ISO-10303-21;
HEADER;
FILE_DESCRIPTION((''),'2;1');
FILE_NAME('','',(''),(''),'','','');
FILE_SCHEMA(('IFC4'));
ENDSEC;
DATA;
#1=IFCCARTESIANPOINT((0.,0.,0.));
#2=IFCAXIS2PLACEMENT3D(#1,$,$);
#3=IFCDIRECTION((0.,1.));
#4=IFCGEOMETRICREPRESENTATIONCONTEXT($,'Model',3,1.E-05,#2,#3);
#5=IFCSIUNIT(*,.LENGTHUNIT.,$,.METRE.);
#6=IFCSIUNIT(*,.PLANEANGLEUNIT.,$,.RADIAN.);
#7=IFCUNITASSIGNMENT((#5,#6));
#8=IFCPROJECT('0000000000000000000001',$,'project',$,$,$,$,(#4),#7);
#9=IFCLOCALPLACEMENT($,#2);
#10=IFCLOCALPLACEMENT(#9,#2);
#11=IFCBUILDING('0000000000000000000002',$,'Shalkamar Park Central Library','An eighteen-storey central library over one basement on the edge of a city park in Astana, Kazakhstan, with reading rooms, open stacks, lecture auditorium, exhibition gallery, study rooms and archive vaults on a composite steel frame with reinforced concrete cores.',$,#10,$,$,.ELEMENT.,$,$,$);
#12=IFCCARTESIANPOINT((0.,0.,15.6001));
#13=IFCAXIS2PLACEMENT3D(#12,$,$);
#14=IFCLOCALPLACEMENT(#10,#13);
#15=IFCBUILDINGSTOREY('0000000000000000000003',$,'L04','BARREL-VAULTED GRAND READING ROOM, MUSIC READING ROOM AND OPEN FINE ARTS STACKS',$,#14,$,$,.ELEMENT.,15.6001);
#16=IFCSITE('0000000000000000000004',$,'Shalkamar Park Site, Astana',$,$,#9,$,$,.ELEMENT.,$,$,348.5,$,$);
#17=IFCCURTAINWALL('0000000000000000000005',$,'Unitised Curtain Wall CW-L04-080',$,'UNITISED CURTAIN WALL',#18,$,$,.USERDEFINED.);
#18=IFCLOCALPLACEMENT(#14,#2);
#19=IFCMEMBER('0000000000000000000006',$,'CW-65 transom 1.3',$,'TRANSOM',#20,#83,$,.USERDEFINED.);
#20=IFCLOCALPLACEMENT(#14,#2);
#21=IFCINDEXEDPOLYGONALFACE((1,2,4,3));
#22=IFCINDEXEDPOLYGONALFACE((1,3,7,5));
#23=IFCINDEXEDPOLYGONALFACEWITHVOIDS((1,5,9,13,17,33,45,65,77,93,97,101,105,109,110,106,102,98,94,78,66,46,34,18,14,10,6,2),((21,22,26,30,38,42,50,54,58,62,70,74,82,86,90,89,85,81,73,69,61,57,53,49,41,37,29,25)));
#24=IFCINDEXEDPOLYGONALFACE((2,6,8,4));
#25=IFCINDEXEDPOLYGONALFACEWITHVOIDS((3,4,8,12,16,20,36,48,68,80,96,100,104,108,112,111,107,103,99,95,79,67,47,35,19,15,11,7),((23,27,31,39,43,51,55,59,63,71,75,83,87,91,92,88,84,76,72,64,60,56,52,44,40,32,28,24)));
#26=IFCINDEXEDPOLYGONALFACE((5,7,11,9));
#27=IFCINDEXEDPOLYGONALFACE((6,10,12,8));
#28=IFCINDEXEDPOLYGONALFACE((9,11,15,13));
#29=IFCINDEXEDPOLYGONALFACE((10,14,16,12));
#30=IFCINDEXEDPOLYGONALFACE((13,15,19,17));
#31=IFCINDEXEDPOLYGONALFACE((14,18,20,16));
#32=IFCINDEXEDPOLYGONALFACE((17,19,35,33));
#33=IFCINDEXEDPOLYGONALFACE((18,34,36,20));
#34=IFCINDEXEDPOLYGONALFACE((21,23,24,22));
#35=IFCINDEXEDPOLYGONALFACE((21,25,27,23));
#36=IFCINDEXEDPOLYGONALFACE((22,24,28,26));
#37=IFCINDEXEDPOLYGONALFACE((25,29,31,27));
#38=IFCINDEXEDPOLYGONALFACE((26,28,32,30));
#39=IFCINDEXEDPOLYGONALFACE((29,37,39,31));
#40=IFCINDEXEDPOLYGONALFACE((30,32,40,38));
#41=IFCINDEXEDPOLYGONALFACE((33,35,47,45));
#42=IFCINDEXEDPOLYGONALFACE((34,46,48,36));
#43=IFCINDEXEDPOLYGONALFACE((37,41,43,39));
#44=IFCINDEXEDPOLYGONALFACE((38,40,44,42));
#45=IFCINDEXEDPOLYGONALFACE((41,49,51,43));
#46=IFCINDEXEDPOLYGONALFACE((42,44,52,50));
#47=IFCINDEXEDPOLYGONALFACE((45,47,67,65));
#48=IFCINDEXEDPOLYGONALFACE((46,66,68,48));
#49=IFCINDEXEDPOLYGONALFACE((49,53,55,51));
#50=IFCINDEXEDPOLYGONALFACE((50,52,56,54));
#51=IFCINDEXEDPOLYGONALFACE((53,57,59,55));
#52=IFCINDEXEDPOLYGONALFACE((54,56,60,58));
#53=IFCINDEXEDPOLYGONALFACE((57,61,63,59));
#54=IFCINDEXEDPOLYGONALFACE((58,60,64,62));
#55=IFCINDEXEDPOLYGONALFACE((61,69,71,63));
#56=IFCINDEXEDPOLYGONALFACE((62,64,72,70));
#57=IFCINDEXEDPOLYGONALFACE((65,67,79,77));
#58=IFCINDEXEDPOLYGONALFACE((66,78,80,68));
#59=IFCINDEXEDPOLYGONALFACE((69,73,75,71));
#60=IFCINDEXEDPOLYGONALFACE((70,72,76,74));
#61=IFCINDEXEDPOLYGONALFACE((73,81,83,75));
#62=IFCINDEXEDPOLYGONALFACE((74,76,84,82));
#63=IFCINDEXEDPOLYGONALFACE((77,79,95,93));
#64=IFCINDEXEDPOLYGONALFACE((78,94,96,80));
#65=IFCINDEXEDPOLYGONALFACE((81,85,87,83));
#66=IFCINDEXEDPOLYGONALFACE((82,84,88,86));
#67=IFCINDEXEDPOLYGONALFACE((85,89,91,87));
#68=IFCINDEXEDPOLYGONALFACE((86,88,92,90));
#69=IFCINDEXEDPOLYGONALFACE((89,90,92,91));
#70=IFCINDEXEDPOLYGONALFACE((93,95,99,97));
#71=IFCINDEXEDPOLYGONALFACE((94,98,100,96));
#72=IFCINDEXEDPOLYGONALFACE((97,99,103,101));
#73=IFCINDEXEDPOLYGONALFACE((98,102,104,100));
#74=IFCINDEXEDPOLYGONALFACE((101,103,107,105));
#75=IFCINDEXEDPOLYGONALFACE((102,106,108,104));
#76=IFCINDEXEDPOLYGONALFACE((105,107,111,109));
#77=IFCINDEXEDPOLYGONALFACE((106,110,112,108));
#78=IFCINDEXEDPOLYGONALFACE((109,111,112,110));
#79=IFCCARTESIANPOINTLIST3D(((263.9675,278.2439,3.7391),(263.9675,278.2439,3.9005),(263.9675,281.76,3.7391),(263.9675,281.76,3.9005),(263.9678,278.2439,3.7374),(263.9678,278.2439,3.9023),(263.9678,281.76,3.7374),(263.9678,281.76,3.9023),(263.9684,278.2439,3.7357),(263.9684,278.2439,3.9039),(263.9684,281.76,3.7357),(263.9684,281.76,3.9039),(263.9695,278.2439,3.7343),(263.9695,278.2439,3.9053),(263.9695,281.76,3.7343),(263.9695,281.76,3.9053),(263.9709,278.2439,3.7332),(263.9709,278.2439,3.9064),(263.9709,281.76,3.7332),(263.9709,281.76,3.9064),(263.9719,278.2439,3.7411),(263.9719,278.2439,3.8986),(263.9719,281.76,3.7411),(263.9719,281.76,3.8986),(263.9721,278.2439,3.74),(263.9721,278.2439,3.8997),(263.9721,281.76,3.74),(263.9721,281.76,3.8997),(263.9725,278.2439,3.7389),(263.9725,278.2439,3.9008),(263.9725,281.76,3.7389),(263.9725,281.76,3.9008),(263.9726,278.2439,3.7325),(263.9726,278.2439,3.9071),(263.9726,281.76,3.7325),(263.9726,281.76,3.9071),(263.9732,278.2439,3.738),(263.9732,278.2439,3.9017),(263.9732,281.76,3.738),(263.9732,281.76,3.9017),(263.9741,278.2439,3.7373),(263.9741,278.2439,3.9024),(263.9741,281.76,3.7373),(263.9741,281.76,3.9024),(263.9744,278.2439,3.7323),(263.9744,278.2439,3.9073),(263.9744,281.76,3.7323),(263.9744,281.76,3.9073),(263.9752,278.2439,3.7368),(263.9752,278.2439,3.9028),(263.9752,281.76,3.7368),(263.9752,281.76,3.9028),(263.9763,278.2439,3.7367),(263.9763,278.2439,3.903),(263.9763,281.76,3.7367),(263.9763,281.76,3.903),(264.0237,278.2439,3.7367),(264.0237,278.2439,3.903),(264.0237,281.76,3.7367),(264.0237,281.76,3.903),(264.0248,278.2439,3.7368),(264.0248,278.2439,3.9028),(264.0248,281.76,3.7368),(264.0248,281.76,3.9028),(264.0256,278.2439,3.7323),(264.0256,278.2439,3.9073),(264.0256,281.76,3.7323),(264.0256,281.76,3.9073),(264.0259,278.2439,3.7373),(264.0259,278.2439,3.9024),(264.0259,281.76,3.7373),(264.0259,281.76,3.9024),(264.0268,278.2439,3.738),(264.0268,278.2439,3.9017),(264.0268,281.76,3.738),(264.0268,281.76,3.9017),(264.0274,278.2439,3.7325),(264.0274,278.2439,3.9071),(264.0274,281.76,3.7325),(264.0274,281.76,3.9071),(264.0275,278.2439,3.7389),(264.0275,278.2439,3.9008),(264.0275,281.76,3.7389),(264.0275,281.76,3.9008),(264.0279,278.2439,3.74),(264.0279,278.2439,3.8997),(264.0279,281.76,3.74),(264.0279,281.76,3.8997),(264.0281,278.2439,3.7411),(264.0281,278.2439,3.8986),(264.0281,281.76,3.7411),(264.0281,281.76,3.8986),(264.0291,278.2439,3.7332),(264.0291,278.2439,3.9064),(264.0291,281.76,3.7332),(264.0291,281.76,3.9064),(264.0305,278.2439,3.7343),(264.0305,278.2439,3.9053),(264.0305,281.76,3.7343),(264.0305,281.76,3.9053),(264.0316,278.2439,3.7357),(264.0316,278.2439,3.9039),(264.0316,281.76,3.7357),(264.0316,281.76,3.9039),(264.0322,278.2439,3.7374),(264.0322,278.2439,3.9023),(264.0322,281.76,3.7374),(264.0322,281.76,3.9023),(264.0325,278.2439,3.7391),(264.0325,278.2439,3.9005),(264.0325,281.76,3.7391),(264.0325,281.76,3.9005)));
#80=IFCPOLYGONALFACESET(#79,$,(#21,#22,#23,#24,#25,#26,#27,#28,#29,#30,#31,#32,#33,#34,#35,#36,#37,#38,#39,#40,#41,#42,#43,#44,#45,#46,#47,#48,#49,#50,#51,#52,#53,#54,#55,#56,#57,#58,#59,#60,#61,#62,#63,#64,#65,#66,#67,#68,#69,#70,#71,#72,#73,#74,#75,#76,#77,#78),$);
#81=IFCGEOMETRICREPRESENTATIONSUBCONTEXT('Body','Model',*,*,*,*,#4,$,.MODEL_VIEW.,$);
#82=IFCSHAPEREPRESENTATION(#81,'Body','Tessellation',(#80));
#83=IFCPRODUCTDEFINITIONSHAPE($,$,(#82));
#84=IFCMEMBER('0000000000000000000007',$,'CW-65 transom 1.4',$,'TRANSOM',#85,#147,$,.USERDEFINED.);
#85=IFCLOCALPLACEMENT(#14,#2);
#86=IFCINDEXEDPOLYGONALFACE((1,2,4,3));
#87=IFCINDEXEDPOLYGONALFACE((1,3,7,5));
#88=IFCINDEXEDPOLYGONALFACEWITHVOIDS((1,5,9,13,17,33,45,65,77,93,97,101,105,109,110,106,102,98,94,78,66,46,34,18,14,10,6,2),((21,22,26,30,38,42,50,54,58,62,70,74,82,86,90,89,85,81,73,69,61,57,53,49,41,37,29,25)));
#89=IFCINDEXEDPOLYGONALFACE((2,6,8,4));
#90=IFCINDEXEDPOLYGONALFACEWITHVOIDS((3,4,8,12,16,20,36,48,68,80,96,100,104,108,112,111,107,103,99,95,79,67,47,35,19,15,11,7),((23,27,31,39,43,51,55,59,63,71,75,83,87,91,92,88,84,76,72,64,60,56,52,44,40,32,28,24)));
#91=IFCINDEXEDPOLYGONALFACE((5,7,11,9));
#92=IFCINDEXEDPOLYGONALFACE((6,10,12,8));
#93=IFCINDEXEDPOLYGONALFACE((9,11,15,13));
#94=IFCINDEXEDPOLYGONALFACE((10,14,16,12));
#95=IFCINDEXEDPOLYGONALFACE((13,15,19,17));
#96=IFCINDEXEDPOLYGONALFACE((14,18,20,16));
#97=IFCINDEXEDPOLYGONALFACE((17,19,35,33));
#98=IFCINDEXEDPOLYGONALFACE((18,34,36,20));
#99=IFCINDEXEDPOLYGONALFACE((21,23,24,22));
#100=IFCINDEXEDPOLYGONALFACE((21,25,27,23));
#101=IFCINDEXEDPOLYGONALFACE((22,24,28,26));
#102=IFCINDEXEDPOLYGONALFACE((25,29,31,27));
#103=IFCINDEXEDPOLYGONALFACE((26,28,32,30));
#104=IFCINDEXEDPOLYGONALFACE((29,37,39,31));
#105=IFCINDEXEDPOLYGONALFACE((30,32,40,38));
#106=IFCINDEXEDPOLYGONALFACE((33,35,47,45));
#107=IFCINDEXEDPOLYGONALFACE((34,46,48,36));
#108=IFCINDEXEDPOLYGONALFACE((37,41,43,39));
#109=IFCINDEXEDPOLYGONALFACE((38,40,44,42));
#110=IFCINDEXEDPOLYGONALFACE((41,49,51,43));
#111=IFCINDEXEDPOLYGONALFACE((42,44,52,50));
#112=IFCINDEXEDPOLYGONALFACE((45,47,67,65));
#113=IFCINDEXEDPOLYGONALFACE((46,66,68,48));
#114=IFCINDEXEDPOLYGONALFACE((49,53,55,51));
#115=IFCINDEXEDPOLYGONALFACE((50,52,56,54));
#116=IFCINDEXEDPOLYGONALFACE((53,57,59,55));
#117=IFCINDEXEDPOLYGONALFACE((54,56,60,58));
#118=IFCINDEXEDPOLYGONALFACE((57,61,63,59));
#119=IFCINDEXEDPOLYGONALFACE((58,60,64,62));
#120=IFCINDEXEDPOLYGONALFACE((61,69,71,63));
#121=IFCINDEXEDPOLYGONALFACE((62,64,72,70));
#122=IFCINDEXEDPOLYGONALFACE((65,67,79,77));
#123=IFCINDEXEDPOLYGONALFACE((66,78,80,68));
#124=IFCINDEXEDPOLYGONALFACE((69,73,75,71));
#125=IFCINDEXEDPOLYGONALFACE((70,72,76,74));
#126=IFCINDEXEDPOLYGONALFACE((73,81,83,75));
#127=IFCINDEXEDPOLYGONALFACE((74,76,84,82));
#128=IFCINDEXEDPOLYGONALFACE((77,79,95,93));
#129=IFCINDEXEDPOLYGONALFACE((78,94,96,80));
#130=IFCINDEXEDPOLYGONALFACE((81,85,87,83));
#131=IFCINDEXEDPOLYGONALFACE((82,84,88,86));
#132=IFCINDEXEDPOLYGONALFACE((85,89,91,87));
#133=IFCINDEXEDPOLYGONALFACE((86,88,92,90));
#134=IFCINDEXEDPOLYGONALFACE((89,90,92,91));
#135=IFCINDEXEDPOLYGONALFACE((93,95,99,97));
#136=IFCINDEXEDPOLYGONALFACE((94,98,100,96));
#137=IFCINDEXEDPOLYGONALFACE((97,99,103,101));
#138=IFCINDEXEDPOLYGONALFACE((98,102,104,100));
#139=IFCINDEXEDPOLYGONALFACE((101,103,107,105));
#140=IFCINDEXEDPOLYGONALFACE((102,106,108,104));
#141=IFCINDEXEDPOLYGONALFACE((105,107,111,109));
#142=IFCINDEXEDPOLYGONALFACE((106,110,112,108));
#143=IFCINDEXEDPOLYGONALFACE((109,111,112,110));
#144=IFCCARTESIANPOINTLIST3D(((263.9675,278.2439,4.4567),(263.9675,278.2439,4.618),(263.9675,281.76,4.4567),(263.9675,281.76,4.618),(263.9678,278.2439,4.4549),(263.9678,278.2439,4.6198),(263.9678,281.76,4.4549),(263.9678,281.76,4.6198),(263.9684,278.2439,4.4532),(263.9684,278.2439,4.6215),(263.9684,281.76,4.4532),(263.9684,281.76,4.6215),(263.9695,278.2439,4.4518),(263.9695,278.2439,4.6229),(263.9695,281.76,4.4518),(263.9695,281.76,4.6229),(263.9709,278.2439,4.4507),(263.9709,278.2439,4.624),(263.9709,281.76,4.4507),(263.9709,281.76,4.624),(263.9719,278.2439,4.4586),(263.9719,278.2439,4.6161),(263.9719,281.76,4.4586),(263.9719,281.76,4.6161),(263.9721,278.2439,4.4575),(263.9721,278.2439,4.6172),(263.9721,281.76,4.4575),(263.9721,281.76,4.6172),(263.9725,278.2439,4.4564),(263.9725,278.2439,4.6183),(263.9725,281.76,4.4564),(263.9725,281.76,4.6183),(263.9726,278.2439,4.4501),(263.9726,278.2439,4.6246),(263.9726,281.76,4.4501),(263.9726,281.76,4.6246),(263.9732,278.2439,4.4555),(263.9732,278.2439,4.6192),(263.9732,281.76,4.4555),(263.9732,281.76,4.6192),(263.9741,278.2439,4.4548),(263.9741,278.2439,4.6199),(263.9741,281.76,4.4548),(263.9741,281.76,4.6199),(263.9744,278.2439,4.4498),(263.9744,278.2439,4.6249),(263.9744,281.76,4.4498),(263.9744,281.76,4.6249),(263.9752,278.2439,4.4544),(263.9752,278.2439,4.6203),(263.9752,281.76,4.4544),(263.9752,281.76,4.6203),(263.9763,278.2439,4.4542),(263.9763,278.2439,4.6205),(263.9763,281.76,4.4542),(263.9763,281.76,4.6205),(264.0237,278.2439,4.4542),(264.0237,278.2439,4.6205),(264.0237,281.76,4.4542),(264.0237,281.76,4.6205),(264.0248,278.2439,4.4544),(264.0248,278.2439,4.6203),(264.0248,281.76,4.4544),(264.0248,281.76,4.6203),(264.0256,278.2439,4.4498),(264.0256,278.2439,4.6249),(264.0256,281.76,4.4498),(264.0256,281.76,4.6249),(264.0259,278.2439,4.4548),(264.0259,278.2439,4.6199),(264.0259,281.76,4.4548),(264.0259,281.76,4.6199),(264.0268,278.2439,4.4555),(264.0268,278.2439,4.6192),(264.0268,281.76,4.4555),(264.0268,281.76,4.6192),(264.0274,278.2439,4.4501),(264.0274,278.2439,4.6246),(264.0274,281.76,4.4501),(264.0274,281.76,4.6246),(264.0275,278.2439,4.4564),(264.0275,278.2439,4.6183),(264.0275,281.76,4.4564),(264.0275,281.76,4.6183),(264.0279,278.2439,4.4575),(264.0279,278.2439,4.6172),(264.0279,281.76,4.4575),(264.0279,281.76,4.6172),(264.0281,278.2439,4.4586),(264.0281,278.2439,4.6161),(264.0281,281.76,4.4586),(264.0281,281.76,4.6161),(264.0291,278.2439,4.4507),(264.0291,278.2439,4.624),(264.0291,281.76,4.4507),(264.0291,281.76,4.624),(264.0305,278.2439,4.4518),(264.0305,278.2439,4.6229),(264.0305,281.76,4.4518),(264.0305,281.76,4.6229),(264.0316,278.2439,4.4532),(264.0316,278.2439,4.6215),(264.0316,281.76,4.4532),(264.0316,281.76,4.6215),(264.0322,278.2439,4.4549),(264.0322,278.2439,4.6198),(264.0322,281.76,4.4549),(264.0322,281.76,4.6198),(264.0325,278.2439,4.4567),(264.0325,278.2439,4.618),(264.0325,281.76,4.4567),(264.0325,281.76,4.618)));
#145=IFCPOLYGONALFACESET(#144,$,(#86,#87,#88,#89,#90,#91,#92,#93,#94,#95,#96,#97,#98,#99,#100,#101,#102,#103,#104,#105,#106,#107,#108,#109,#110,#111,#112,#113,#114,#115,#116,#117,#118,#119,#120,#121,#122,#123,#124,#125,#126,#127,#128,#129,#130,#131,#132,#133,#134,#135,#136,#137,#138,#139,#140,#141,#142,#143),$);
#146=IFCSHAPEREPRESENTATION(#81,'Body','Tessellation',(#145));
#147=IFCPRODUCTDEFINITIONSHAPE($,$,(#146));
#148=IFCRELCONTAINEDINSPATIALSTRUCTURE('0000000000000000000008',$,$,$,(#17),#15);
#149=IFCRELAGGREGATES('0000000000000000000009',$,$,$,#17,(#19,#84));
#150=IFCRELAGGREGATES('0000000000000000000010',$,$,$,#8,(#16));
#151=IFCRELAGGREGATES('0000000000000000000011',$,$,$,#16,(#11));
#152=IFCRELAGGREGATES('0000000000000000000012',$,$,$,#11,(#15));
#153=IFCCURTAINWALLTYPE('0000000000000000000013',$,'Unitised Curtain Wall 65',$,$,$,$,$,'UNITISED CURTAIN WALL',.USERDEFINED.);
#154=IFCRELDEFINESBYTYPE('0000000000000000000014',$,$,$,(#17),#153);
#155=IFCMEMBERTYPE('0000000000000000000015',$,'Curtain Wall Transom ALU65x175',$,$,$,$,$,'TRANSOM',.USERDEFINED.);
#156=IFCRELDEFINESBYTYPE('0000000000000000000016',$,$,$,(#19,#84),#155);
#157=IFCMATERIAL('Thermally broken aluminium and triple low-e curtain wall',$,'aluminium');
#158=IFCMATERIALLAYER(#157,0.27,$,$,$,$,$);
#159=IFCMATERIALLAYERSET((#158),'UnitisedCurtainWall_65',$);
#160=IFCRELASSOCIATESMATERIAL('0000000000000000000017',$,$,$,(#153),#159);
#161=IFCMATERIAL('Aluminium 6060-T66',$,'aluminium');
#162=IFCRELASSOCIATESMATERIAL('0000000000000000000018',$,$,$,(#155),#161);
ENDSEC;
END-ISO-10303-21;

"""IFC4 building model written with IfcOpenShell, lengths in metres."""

from ifc_helpers import new_model, si_unit, direction, frame, origin, origin_2d, place, context, subcontext, project, spatial, hollow_rectangle, extrude, material, layer, layer_set, material_profile, profile_set, type_object, element, aggregate, save


model = new_model("IFC4")

# Units and contexts
model_context = context("Model", 3, precision=1e-05, world=origin(), true_north=direction((0.0, 1.0)))
body_context = subcontext(model_context, "Body", "Model", "MODEL_VIEW")
ifc_project = project(units=[si_unit("LENGTHUNIT", "METRE"), si_unit("PLANEANGLEUNIT", "RADIAN")], contexts=[model_context])

# Site, building, storey
site_placement = place(None, origin())
site = spatial("IfcSite", under=ifc_project, at=site_placement, Name="Shalkamar Park Site, Astana", CompositionType="ELEMENT", RefElevation=348.5)
building_placement = place(site_placement, origin())
building = spatial("IfcBuilding", under=site, at=building_placement, Name="Shalkamar Park Central Library", Description="An eighteen-storey central library over one basement on the edge of a city park in Astana, Kazakhstan, with reading rooms, open stacks, lecture auditorium, exhibition gallery, study rooms and archive vaults on a composite steel frame with reinforced concrete cores.", CompositionType="ELEMENT")
storey_placement = place(building_placement, frame((0.0, 0.0, 15.6001)))
storey = spatial("IfcBuildingStorey", under=building, at=storey_placement, Name="L04", Description="BARREL-VAULTED GRAND READING ROOM, MUSIC READING ROOM AND OPEN FINE ARTS STACKS", CompositionType="ELEMENT", Elevation=15.6001)

# Curtain wall, members
ifc_material_1 = material(Name="Thermally broken aluminium and triple low-e curtain wall", Category="aluminium")
ifc_layer_1 = layer(ifc_material_1, 0.27)
ifc_layer_set_1 = layer_set([ifc_layer_1], Name="UnitisedCurtainWall_65")
curtain_wall_type = type_object("IfcCurtainWallType", Name="Unitised Curtain Wall 65", ElementType="UNITISED CURTAIN WALL", PredefinedType="USERDEFINED", material=ifc_layer_set_1)
curtain_wall_placement = place(storey_placement, origin())
curtain_wall = element("IfcCurtainWall", 1, at=curtain_wall_placement, inside=storey, type_object=curtain_wall_type, Name="Unitised Curtain Wall CW-L04-080", ObjectType="UNITISED CURTAIN WALL", PredefinedType="USERDEFINED")
ifc_material_2 = material(Name="Aluminium 6060-T66", Category="aluminium")
ifc_material_profile_1 = material_profile(ifc_material_2, hollow_rectangle(XDim=0.0649, YDim=0.175, WallThickness=0.0044, InnerFilletRadius=0.0044, OuterFilletRadius=0.0068, at=origin_2d()), Name="ALU 65x175x4.5")
ifc_profile_set_1 = profile_set([ifc_material_profile_1], Name="Aluminium 6060-T66")
member_type_1 = type_object("IfcMemberType", Name="Curtain Wall Transom ALU65x175", ElementType="TRANSOM", PredefinedType="USERDEFINED", material=ifc_profile_set_1)
member_1_placement = place(storey_placement, frame((264.0, 278.2439, 3.8198), z_axis=(0.0, 1.0, 0.0), x_axis=(-1.0, 0.0, 0.0)))
member_1 = element("IfcMember", 2, at=member_1_placement, type_object=member_type_1, Name="CW-65 transom 1.3", ObjectType="TRANSOM", PredefinedType="USERDEFINED", context=body_context, shape_type="SweptSolid", body=[
    extrude(hollow_rectangle(XDim=0.0649, YDim=0.175, WallThickness=0.0044, InnerFilletRadius=0.0044, OuterFilletRadius=0.0068, at=origin_2d()), origin(), (0.0, 0.0, 1.0), 3.5161),
])
member_2_placement = place(storey_placement, frame((264.0, 278.2439, 4.5374), z_axis=(0.0, 1.0, 0.0), x_axis=(-1.0, 0.0, 0.0)))
member_2 = element("IfcMember", 3, at=member_2_placement, type_object=member_type_1, Name="CW-65 transom 1.4", ObjectType="TRANSOM", PredefinedType="USERDEFINED", context=body_context, shape_type="SweptSolid", body=[
    extrude(hollow_rectangle(XDim=0.0649, YDim=0.175, WallThickness=0.0044, InnerFilletRadius=0.0044, OuterFilletRadius=0.0068, at=origin_2d()), origin(), (0.0, 0.0, 1.0), 3.5161),
])

aggregate(curtain_wall, [member_1, member_2])

save(model, "model.ifc")
